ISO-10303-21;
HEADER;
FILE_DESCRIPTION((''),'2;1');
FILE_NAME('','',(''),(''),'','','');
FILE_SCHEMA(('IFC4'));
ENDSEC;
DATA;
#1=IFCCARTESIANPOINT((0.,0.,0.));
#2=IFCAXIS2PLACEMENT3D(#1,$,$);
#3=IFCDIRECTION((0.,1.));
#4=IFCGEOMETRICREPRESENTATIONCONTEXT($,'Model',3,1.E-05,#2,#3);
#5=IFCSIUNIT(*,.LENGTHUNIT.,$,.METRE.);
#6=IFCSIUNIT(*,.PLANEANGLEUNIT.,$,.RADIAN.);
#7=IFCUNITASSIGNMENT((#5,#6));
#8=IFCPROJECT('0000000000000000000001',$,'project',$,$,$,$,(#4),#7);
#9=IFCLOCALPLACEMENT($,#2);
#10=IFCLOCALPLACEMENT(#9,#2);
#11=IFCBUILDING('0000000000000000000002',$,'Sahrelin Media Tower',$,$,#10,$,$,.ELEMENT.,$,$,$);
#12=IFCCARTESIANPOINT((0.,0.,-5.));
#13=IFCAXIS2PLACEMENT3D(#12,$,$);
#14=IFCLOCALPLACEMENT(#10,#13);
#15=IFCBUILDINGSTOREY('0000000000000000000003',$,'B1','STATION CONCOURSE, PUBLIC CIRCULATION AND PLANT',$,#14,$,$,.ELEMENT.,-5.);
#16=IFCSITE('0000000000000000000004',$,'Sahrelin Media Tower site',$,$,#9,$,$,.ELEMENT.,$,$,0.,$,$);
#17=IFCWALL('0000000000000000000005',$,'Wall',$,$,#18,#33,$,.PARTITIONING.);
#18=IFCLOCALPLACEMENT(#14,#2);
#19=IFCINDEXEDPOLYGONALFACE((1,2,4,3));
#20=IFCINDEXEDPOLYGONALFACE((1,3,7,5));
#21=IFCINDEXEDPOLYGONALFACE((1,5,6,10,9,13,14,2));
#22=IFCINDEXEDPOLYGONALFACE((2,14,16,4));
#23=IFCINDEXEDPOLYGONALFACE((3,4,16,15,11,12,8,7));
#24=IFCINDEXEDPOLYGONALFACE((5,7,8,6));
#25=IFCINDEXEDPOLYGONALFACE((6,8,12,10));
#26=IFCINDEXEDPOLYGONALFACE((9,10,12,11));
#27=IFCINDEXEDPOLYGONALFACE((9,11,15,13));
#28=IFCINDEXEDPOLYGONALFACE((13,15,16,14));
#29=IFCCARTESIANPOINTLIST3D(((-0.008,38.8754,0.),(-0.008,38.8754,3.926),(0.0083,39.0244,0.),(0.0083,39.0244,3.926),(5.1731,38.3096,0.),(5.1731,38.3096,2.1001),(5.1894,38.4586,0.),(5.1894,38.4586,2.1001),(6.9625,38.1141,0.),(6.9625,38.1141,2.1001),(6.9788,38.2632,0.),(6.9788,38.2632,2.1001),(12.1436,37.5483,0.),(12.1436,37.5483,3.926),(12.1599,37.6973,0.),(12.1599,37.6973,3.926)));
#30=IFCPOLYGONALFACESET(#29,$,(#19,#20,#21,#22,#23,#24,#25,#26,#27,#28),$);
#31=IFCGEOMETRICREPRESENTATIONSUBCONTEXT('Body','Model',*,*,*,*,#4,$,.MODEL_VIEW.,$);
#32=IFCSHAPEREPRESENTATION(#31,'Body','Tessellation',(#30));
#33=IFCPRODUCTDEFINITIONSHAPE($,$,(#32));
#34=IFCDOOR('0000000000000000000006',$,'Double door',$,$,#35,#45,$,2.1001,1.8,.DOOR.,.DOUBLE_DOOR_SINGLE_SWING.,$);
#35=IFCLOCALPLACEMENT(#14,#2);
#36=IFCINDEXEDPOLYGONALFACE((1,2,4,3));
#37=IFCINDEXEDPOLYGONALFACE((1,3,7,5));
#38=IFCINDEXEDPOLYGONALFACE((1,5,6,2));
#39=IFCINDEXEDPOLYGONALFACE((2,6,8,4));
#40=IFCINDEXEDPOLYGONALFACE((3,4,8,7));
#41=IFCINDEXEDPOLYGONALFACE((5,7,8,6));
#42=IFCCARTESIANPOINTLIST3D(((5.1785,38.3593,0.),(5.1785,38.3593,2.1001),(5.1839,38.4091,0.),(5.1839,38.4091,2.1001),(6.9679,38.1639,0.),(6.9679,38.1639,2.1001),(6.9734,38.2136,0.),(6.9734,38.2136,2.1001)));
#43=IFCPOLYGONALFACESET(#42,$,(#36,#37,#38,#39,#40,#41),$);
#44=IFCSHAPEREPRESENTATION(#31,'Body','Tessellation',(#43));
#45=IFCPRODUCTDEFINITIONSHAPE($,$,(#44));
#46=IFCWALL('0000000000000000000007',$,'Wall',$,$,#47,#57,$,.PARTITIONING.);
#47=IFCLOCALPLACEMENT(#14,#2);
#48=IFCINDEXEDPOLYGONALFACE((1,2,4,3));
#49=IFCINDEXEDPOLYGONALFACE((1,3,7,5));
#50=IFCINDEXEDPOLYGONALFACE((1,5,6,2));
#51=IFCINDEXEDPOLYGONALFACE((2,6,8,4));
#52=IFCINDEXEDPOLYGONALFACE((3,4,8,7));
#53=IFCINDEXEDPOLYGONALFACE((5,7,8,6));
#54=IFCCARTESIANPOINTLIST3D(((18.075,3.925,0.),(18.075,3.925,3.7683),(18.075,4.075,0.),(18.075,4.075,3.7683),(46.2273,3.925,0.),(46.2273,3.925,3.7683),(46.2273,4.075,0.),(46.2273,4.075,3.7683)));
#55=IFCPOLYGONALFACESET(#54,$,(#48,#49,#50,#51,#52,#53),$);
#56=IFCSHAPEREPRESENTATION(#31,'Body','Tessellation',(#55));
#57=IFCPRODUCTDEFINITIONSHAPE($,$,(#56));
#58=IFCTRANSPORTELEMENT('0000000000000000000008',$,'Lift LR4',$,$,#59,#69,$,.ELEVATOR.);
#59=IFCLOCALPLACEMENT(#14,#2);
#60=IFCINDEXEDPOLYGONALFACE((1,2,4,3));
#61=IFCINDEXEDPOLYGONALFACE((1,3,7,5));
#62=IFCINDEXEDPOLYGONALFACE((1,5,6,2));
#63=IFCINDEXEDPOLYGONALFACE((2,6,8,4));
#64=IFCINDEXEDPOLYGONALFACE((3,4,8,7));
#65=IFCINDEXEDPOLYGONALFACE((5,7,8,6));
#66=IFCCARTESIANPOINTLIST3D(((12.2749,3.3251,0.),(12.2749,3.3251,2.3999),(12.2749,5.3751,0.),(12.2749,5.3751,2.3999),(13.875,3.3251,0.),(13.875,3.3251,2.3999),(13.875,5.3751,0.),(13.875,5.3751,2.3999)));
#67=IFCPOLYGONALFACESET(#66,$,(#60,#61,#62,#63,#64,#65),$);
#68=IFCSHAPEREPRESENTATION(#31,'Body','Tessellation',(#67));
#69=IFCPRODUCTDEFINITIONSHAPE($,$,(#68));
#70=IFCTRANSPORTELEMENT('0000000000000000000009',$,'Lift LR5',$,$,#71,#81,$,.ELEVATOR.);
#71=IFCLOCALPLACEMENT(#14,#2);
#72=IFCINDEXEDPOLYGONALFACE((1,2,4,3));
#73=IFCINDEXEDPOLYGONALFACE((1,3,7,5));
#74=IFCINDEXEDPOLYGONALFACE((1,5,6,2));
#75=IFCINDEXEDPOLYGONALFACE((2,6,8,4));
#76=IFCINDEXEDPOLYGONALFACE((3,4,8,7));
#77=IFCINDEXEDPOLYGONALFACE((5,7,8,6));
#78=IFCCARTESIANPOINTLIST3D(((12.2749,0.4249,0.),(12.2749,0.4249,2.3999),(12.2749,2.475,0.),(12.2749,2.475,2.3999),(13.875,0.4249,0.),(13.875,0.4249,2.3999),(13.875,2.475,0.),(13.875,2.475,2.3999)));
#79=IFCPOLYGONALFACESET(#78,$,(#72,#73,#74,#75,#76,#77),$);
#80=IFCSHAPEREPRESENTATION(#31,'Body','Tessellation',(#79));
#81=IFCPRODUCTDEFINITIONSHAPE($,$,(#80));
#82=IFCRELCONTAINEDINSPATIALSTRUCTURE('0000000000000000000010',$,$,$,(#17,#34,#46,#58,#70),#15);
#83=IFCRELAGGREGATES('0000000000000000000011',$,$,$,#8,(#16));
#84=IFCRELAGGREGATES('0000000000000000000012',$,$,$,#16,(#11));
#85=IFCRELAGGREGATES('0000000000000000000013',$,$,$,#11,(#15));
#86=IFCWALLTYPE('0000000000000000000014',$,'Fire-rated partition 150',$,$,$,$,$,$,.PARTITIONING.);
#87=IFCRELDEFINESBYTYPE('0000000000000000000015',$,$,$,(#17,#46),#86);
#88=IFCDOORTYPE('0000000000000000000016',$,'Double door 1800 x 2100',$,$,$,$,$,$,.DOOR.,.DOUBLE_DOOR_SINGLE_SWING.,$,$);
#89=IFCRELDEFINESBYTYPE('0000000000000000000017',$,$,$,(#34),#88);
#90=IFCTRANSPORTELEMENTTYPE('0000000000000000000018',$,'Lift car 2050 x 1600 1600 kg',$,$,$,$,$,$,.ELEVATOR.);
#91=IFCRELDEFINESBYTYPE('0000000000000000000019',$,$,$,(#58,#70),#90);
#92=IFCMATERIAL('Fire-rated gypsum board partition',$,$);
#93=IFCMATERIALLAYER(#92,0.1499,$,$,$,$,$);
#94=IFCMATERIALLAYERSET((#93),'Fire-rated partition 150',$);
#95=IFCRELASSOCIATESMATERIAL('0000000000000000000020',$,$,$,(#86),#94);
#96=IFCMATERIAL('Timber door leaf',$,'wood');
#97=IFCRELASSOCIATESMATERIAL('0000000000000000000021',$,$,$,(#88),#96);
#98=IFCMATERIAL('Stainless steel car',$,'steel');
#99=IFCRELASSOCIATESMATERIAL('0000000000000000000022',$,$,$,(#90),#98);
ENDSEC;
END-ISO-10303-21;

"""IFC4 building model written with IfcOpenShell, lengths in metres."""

from ifc_helpers import new_model, si_unit, direction, frame, frame_2d, origin, origin_2d, place, context, subcontext, project, spatial, rectangle, extrude, material, layer, layer_set, type_object, element, fill, save


model = new_model("IFC4")

# Units and contexts
model_context = context("Model", 3, precision=1e-05, world=origin(), true_north=direction((0.0, 1.0)))
body_context = subcontext(model_context, "Body", "Model", "MODEL_VIEW")
ifc_project = project(units=[si_unit("LENGTHUNIT", "METRE"), si_unit("PLANEANGLEUNIT", "RADIAN")], contexts=[model_context])

# Site, building, storey
site_placement = place(None, origin())
site = spatial("IfcSite", under=ifc_project, at=site_placement, Name="Sahrelin Media Tower site", CompositionType="ELEMENT", RefElevation=0.0)
building_placement = place(site_placement, origin())
building = spatial("IfcBuilding", under=site, at=building_placement, Name="Sahrelin Media Tower", CompositionType="ELEMENT")
storey_placement = place(building_placement, frame((0.0, 0.0, -5.0)))
storey = spatial("IfcBuildingStorey", under=building, at=storey_placement, Name="B1", Description="STATION CONCOURSE, PUBLIC CIRCULATION AND PLANT", CompositionType="ELEMENT", Elevation=-5.0)

# Shared definitions
ifc_material_1 = material(Name="Fire-rated gypsum board partition")
ifc_layer = layer(ifc_material_1, 0.1499)
ifc_layer_set = layer_set([ifc_layer], Name="Fire-rated partition 150")
wall_type = type_object("IfcWallType", Name="Fire-rated partition 150", PredefinedType="PARTITIONING", material=ifc_layer_set)

# Wall, opening, door
wall_1_placement = place(storey_placement, frame((12.1516, 37.6228, 0.0), z_axis=(0.0, 0.0, 1.0), x_axis=(-0.994089, 0.10857, 0.0)))
wall_1 = element("IfcWall", 1, at=wall_1_placement, inside=storey, type_object=wall_type, Name="Wall", PredefinedType="PARTITIONING", context=body_context, shape_type="SweptSolid", body=[
    extrude(rectangle(XDim=12.2239, YDim=0.1499, at=frame_2d((6.1118, 0.0))), origin(), (0.0, 0.0, 1.0), 3.926),
])
opening_placement = place(wall_1_placement, frame((5.2119, 0.0, 0.0)))
opening = element("IfcOpeningElement", 2, at=opening_placement, cuts=wall_1, PredefinedType="OPENING", context=body_context, shape_type="SweptSolid", body=[
    extrude(rectangle(XDim=1.8, YDim=2.1001, at=frame_2d((0.8999, 1.05))), frame((0.0, 0.075, 0.0), z_axis=(0.0, -1.0, 0.0), x_axis=(1.0, 0.0, 0.0)), (0.0, 0.0, 1.0), 0.1499),
])
ifc_material_2 = material(Name="Timber door leaf", Category="wood")
door_type = type_object("IfcDoorType", Name="Double door 1800 x 2100", OperationType="DOUBLE_DOOR_SINGLE_SWING", PredefinedType="DOOR", material=ifc_material_2)
door_placement = place(opening_placement, origin())
door = element("IfcDoor", 3, at=door_placement, inside=storey, type_object=door_type, Name="Double door", OperationType="DOUBLE_DOOR_SINGLE_SWING", OverallHeight=2.1001, OverallWidth=1.8, PredefinedType="DOOR", context=body_context, shape_type="SweptSolid", body=[
    extrude(rectangle(XDim=1.8, YDim=2.1001, at=frame_2d((0.8999, 1.05))), frame((0.0, 0.0249, 0.0), z_axis=(0.0, -1.0, 0.0), x_axis=(1.0, 0.0, 0.0)), (0.0, 0.0, 1.0), 0.05),
])
fill(opening, door)

# Wall
wall_2_placement = place(storey_placement, frame((18.075, 4.0, 0.0), z_axis=(0.0, 0.0, 1.0), x_axis=(1.0, 0.0, 0.0)))
element("IfcWall", 4, at=wall_2_placement, inside=storey, type_object=wall_type, Name="Wall", PredefinedType="PARTITIONING", context=body_context, shape_type="SweptSolid", body=[
    extrude(rectangle(XDim=28.1523, YDim=0.1499, at=frame_2d((14.0762, 0.0))), origin(), (0.0, 0.0, 1.0), 3.7683),
])

# Transport elements
ifc_material_3 = material(Name="Stainless steel car", Category="steel")
transport_element_type = type_object("IfcTransportElementType", Name="Lift car 2050 x 1600 1600 kg", PredefinedType="ELEVATOR", material=ifc_material_3)
for number, where, z_axis, x_axis, name in (
    (5, (13.075, 4.3501, 0.0), (0.0, 0.0, 1.0), (1.0, 0.0, 0.0), "Lift LR4"),
    (6, (13.075, 1.45, 0.0), (0.0, 0.0, 1.0), (1.0, 0.0, 0.0), "Lift LR5"),
):
    element("IfcTransportElement", number, at=place(storey_placement, frame(where, z_axis=z_axis, x_axis=x_axis)), inside=storey, type_object=transport_element_type, Name=name, PredefinedType="ELEVATOR", context=body_context, shape_type="SweptSolid", body=[
        extrude(rectangle(XDim=1.6001, YDim=2.05, at=origin_2d()), origin(), (0.0, 0.0, 1.0), 2.3999),
    ])

save(model, "model.ifc")
